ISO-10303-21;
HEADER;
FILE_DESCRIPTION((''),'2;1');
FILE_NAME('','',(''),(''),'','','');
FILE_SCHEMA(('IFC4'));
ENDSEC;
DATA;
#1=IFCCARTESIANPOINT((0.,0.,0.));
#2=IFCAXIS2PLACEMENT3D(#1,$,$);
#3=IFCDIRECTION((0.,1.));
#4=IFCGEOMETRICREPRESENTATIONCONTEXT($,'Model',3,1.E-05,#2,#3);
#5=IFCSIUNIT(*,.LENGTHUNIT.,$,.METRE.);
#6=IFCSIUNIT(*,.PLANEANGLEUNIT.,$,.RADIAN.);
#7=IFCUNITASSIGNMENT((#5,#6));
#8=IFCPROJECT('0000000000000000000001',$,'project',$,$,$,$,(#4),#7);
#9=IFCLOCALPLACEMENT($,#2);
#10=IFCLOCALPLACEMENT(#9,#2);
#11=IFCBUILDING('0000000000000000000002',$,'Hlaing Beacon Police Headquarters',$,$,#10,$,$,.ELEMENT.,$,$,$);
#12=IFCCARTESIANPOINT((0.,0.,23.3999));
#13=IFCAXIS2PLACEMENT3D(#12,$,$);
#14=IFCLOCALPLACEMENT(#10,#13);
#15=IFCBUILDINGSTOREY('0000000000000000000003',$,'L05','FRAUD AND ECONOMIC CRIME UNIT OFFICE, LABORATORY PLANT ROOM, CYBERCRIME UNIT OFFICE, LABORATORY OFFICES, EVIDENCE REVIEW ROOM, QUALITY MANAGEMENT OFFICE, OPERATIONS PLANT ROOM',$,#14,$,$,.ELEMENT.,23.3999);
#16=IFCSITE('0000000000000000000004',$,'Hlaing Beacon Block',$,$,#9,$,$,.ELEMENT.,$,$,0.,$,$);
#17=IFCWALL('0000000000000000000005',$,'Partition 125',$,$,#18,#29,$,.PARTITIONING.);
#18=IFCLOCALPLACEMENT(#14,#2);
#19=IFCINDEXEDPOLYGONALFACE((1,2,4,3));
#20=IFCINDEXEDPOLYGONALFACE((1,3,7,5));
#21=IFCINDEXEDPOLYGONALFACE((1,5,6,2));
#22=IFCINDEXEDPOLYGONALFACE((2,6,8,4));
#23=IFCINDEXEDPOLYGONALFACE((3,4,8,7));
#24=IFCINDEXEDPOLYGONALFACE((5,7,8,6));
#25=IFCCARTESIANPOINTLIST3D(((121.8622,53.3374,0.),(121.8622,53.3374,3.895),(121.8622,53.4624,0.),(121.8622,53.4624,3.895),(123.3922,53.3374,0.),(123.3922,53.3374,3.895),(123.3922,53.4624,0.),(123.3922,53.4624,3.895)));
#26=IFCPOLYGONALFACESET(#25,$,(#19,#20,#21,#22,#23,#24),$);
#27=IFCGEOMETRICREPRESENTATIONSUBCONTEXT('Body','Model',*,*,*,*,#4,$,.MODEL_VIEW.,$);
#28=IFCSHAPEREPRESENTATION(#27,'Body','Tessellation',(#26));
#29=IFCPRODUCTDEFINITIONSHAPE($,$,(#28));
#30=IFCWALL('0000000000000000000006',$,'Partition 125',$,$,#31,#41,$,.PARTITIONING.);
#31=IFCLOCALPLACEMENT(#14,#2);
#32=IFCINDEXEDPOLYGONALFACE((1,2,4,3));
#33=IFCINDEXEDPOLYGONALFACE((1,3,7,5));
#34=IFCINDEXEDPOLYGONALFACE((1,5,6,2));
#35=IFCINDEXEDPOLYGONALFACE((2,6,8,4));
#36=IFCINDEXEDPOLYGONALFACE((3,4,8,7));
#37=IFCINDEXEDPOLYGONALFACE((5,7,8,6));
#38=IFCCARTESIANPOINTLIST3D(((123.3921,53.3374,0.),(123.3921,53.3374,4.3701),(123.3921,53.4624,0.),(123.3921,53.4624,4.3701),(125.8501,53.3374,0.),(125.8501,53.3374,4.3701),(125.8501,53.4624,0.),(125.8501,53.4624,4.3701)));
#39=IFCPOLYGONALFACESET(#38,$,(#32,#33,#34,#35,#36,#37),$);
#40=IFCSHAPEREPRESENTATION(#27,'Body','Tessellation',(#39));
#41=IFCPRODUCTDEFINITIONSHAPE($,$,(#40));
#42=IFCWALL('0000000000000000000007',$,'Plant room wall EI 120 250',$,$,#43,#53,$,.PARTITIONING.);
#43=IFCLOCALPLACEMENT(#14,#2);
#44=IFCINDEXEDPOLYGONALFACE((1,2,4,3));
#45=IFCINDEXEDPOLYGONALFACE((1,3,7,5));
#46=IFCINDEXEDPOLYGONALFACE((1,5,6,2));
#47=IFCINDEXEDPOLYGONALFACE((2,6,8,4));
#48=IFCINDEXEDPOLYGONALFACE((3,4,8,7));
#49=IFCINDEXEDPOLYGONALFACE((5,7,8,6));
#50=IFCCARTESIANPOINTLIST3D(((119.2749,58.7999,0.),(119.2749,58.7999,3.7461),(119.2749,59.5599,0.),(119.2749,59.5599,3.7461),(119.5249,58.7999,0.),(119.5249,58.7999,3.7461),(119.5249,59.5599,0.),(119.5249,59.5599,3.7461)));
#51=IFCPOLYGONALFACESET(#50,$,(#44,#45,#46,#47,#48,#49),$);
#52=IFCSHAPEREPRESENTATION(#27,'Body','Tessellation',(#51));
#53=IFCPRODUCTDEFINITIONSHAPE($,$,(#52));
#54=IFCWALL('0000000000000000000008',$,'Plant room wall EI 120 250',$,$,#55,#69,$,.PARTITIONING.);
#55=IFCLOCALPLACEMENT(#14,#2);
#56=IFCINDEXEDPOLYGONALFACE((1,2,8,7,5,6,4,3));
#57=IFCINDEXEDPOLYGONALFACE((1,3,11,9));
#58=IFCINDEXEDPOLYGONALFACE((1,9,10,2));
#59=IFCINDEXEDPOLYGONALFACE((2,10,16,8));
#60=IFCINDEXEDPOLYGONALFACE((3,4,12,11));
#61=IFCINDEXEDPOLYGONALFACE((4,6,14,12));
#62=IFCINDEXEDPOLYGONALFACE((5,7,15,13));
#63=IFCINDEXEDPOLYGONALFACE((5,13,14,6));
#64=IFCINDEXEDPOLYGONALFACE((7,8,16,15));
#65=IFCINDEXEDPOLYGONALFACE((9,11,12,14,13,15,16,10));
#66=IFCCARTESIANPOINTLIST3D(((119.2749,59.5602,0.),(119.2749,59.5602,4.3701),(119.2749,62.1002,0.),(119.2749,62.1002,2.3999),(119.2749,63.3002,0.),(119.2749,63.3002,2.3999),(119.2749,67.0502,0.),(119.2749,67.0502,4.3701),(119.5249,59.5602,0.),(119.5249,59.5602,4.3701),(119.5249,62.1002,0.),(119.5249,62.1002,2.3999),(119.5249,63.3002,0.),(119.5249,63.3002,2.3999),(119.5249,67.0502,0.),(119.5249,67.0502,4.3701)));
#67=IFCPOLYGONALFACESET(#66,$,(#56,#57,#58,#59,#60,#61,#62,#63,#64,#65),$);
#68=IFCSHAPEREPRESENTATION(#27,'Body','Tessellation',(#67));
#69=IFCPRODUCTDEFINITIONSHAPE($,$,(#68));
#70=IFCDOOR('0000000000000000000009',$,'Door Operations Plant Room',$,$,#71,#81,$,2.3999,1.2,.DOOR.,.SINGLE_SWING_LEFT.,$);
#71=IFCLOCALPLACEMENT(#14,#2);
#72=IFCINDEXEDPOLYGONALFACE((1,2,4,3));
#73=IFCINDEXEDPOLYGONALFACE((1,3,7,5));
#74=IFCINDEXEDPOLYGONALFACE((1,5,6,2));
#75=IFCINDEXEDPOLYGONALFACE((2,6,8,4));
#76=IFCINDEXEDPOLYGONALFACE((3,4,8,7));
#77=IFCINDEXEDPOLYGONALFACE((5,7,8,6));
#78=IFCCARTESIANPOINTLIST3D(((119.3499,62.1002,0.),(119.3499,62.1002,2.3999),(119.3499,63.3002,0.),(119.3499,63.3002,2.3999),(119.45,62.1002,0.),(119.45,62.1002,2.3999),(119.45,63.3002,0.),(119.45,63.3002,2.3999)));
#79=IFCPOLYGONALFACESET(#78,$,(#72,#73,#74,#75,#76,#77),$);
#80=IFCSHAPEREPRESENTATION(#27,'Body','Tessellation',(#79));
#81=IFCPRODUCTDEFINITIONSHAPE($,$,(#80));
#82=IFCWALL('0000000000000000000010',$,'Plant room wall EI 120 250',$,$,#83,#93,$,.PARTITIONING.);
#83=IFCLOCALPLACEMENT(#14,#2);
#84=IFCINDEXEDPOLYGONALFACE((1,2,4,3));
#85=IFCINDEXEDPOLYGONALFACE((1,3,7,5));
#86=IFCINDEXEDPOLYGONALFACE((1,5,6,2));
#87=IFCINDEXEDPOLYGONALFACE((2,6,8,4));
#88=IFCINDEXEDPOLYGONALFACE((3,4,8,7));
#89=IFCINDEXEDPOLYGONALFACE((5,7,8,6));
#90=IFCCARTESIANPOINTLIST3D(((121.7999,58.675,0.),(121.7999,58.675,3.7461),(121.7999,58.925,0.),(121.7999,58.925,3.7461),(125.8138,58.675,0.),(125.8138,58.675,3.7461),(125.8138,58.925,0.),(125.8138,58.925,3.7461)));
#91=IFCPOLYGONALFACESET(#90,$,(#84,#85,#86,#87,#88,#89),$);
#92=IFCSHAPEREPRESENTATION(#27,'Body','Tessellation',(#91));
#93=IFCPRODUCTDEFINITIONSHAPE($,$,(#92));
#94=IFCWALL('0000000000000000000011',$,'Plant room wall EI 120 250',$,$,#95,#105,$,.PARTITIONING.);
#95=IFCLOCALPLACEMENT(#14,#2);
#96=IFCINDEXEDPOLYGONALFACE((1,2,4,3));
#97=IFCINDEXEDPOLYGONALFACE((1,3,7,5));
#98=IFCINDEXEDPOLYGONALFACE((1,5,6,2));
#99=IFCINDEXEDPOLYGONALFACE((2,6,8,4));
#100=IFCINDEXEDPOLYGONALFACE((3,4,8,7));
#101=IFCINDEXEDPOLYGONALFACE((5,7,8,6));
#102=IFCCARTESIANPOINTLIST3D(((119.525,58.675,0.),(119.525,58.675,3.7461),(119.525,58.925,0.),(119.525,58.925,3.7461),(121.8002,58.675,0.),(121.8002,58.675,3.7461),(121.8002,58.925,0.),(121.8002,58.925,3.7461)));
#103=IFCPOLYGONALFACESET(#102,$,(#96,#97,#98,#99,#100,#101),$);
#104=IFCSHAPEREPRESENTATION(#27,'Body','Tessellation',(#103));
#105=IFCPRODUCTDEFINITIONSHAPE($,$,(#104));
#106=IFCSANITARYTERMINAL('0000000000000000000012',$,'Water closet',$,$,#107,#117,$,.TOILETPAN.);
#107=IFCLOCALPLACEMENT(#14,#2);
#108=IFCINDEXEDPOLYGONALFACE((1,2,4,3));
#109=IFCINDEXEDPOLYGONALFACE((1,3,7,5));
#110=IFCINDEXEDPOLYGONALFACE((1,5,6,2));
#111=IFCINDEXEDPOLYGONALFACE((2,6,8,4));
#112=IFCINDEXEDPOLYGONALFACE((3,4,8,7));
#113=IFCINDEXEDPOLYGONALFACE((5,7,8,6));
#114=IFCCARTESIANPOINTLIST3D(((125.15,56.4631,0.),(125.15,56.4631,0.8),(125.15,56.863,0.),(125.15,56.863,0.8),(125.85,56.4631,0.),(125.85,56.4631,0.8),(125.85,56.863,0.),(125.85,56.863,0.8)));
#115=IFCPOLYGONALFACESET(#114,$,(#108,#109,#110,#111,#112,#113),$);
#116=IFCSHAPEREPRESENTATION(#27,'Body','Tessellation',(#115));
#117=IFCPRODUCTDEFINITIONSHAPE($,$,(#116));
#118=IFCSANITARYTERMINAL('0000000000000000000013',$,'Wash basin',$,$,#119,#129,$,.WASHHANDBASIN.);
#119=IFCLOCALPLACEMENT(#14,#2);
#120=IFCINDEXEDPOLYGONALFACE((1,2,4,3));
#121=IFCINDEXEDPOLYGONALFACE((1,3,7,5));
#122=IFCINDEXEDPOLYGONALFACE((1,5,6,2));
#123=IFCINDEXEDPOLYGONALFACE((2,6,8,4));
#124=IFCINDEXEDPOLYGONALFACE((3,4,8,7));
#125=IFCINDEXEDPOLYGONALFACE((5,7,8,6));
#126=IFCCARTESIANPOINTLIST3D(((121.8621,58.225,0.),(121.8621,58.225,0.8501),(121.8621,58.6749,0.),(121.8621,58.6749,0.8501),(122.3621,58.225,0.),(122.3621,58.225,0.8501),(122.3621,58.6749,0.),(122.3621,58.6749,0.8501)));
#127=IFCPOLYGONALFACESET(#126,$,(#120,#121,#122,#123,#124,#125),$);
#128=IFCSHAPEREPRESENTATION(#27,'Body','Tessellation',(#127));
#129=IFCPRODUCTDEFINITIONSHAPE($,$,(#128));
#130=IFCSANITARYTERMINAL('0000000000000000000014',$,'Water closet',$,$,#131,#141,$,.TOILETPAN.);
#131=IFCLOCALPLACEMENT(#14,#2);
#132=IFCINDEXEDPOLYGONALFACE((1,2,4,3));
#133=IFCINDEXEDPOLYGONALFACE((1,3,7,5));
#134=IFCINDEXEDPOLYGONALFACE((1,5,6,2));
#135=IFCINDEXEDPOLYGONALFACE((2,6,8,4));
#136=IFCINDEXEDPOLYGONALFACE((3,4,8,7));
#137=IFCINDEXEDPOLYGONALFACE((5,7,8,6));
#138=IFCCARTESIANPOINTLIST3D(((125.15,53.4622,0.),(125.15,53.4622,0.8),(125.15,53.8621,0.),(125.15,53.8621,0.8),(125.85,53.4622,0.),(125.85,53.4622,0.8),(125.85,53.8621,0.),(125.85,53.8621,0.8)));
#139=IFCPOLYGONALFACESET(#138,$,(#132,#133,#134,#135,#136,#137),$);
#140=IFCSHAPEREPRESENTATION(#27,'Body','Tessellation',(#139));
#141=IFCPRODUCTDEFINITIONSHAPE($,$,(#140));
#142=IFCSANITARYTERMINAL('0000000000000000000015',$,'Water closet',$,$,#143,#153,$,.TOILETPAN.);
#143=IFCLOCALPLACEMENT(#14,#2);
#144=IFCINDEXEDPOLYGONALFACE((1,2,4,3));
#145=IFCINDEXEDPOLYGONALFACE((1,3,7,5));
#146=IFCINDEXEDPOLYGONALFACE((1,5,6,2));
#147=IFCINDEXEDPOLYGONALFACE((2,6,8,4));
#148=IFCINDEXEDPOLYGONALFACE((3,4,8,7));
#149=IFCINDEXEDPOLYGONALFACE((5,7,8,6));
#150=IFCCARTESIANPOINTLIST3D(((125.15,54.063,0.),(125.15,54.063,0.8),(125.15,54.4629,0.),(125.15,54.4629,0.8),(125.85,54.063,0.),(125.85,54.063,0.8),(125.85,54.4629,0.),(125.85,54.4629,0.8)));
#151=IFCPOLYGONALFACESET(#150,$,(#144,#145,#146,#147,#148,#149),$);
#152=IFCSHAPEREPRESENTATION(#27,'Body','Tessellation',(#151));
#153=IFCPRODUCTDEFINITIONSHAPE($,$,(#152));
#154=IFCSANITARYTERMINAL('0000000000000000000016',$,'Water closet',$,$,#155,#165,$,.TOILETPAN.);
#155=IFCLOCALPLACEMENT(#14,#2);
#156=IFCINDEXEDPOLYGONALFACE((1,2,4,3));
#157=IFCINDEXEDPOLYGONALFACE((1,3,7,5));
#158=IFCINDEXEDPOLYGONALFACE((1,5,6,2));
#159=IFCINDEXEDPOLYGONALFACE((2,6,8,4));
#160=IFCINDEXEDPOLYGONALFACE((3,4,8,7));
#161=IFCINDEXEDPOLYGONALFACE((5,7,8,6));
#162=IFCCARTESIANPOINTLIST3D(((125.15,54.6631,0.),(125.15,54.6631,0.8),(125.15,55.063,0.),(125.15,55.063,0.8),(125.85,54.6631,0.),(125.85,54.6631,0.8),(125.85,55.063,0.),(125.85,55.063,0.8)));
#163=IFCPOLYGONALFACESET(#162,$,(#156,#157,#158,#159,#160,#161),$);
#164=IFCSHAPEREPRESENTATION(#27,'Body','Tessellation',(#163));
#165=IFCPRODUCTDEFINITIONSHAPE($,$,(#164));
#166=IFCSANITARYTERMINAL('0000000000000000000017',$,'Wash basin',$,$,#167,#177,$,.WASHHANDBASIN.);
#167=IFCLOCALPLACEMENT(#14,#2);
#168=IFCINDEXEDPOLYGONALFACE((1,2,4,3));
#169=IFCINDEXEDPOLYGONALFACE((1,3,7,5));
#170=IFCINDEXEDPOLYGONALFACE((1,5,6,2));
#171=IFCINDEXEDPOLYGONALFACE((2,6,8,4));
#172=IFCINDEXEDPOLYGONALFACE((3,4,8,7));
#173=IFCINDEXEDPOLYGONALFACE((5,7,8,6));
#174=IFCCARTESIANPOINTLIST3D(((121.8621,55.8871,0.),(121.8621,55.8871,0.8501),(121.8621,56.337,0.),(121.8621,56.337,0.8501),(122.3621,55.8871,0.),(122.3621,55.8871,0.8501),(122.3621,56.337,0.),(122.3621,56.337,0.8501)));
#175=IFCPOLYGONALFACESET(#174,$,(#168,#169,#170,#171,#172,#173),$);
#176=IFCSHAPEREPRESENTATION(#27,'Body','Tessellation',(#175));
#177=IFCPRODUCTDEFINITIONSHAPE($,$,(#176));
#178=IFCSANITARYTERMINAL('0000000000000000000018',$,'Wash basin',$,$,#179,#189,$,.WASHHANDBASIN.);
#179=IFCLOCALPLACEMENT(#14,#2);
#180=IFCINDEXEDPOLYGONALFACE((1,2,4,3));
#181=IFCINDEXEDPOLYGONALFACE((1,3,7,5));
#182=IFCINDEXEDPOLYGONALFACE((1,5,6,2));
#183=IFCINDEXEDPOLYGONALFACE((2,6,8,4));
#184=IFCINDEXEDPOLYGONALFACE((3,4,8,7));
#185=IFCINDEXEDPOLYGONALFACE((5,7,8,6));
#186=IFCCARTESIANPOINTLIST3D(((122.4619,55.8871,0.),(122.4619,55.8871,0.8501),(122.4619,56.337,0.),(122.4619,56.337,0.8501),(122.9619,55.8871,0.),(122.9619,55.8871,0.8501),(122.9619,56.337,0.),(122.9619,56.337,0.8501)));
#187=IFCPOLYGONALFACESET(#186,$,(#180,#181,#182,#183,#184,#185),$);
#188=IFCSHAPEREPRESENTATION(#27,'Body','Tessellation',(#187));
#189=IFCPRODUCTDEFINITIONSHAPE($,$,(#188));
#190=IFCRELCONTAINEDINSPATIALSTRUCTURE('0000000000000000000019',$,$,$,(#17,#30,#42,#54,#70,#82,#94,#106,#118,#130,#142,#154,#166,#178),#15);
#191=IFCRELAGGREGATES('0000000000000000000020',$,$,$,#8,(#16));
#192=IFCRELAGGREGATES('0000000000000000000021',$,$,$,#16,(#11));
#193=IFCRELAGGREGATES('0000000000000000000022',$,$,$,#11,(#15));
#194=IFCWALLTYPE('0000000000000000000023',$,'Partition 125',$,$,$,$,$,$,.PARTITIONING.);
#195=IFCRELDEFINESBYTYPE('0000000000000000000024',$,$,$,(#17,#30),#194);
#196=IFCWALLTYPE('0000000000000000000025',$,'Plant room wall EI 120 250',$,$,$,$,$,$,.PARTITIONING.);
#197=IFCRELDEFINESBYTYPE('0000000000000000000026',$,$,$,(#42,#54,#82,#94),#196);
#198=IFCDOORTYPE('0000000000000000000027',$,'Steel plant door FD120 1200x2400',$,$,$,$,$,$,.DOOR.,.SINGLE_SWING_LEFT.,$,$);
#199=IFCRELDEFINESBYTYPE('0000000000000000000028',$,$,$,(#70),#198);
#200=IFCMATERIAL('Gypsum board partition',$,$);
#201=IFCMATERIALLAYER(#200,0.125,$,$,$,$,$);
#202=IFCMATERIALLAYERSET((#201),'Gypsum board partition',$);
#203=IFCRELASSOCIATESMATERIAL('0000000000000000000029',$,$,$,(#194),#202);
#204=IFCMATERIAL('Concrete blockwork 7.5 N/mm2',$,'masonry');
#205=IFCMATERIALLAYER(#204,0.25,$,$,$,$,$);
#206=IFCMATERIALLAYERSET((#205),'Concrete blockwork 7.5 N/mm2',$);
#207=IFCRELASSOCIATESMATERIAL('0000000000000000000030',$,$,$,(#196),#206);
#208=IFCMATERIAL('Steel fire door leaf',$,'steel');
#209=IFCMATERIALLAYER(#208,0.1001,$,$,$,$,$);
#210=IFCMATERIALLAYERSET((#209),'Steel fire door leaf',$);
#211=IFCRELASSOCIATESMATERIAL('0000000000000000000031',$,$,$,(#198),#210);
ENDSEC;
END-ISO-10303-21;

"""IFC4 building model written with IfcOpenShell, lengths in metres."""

from ifc_helpers import new_model, si_unit, direction, frame, frame_2d, origin, origin_2d, place, context, subcontext, project, spatial, rectangle, extrude, material, layer, layer_set, type_object, element, fill, save


model = new_model("IFC4")

# Units and contexts
model_context = context("Model", 3, precision=1e-05, world=origin(), true_north=direction((0.0, 1.0)))
body_context = subcontext(model_context, "Body", "Model", "MODEL_VIEW")
ifc_project = project(units=[si_unit("LENGTHUNIT", "METRE"), si_unit("PLANEANGLEUNIT", "RADIAN")], contexts=[model_context])

# Site, building, storey
site_placement = place(None, origin())
site = spatial("IfcSite", under=ifc_project, at=site_placement, Name="Hlaing Beacon Block", CompositionType="ELEMENT", RefElevation=0.0)
building_placement = place(site_placement, origin())
building = spatial("IfcBuilding", under=site, at=building_placement, Name="Hlaing Beacon Police Headquarters", CompositionType="ELEMENT")
storey_placement = place(building_placement, frame((0.0, 0.0, 23.3999)))
storey = spatial("IfcBuildingStorey", under=building, at=storey_placement, Name="L05", Description="FRAUD AND ECONOMIC CRIME UNIT OFFICE, LABORATORY PLANT ROOM, CYBERCRIME UNIT OFFICE, LABORATORY OFFICES, EVIDENCE REVIEW ROOM, QUALITY MANAGEMENT OFFICE, OPERATIONS PLANT ROOM", CompositionType="ELEMENT", Elevation=23.3999)

# Shared definitions
ifc_material_1 = material(Name="Gypsum board partition")
ifc_layer_1 = layer(ifc_material_1, 0.125)
ifc_layer_set_1 = layer_set([ifc_layer_1], Name="Gypsum board partition")
wall_type_1 = type_object("IfcWallType", Name="Partition 125", PredefinedType="PARTITIONING", material=ifc_layer_set_1)

# Walls
wall_1_placement = place(storey_placement, frame((121.8621, 53.3999, 0.0), z_axis=(0.0, 0.0, 1.0), x_axis=(1.0, 0.0, 0.0)))
element("IfcWall", 1, at=wall_1_placement, inside=storey, type_object=wall_type_1, Name="Partition 125", PredefinedType="PARTITIONING", context=body_context, shape_type="SweptSolid", body=[
    extrude(rectangle(XDim=1.53, YDim=0.125, at=frame_2d((0.7651, 0.0))), origin(), (0.0, 0.0, 1.0), 3.895),
])
wall_2_placement = place(storey_placement, frame((123.3921, 53.3999, 0.0), z_axis=(0.0, 0.0, 1.0), x_axis=(1.0, 0.0, 0.0)))
element("IfcWall", 2, at=wall_2_placement, inside=storey, type_object=wall_type_1, Name="Partition 125", PredefinedType="PARTITIONING", context=body_context, shape_type="SweptSolid", body=[
    extrude(rectangle(XDim=2.458, YDim=0.125, at=frame_2d((1.229, 0.0))), origin(), (0.0, 0.0, 1.0), 4.3701),
])
ifc_material_2 = material(Name="Concrete blockwork 7.5 N/mm2", Category="masonry")
ifc_layer_2 = layer(ifc_material_2, 0.25)
ifc_layer_set_2 = layer_set([ifc_layer_2], Name="Concrete blockwork 7.5 N/mm2")
wall_type_2 = type_object("IfcWallType", Name="Plant room wall EI 120 250", PredefinedType="PARTITIONING", material=ifc_layer_set_2)
wall_3_placement = place(storey_placement, frame((119.3999, 58.8, 0.0), z_axis=(0.0, 0.0, 1.0), x_axis=(0.0, 1.0, 0.0)))
element("IfcWall", 3, at=wall_3_placement, inside=storey, type_object=wall_type_2, Name="Plant room wall EI 120 250", PredefinedType="PARTITIONING", context=body_context, shape_type="SweptSolid", body=[
    extrude(rectangle(XDim=0.76, YDim=0.25, at=frame_2d((0.3799, 0.0))), origin(), (0.0, 0.0, 1.0), 3.7461),
])

# Wall, opening, door
wall_4_placement = place(storey_placement, frame((119.3999, 59.5601, 0.0), z_axis=(0.0, 0.0, 1.0), x_axis=(0.0, 1.0, 0.0)))
wall_4 = element("IfcWall", 4, at=wall_4_placement, inside=storey, type_object=wall_type_2, Name="Plant room wall EI 120 250", PredefinedType="PARTITIONING", context=body_context, shape_type="SweptSolid", body=[
    extrude(rectangle(XDim=7.49, YDim=0.25, at=frame_2d((3.7451, 0.0))), origin(), (0.0, 0.0, 1.0), 4.3701),
])
opening_1_placement = place(wall_4_placement, frame((2.54, 0.0, 0.0)))
opening_1 = element("IfcOpeningElement", 5, at=opening_1_placement, cuts=wall_4, PredefinedType="OPENING", context=body_context, shape_type="SweptSolid", body=[
    extrude(rectangle(XDim=1.2, YDim=2.3999, at=frame_2d((0.6001, 1.2))), frame((0.0, 0.135, 0.0), z_axis=(0.0, -1.0, 0.0), x_axis=(1.0, 0.0, 0.0)), (0.0, 0.0, 1.0), 0.27),
])
ifc_material_3 = material(Name="Steel fire door leaf", Category="steel")
ifc_layer_3 = layer(ifc_material_3, 0.1001)
ifc_layer_set_3 = layer_set([ifc_layer_3], Name="Steel fire door leaf")
door_type_1 = type_object("IfcDoorType", Name="Steel plant door FD120 1200x2400", OperationType="SINGLE_SWING_LEFT", PredefinedType="DOOR", material=ifc_layer_set_3)
door_1_placement = place(opening_1_placement, frame((1.2, 0.0, 0.0), z_axis=(0.0, 0.0, 1.0), x_axis=(-1.0, 0.0, 0.0)))
door_1 = element("IfcDoor", 6, at=door_1_placement, inside=storey, type_object=door_type_1, Name="Door Operations Plant Room", OperationType="SINGLE_SWING_LEFT", OverallHeight=2.3999, OverallWidth=1.2, PredefinedType="DOOR", context=body_context, shape_type="SweptSolid", body=[
    extrude(rectangle(XDim=1.2, YDim=2.3999, at=frame_2d((0.5999, 1.2))), frame((0.0, 0.05, 0.0), z_axis=(0.0, -1.0, 0.0), x_axis=(1.0, 0.0, 0.0)), (0.0, 0.0, 1.0), 0.1001),
])
fill(opening_1, door_1)

# Walls
wall_5_placement = place(storey_placement, frame((121.8, 58.8, 0.0), z_axis=(0.0, 0.0, 1.0), x_axis=(1.0, 0.0, 0.0)))
element("IfcWall", 7, at=wall_5_placement, inside=storey, type_object=wall_type_2, Name="Plant room wall EI 120 250", PredefinedType="PARTITIONING", context=body_context, shape_type="SweptSolid", body=[
    extrude(rectangle(XDim=4.0139, YDim=0.25, at=frame_2d((2.0068, 0.0))), origin(), (0.0, 0.0, 1.0), 3.7461),
])
wall_6_placement = place(storey_placement, frame((119.5249, 58.8, 0.0), z_axis=(0.0, 0.0, 1.0), x_axis=(1.0, 0.0, 0.0)))
element("IfcWall", 8, at=wall_6_placement, inside=storey, type_object=wall_type_2, Name="Plant room wall EI 120 250", PredefinedType="PARTITIONING", context=body_context, shape_type="SweptSolid", body=[
    extrude(rectangle(XDim=2.2751, YDim=0.25, at=frame_2d((1.1377, 0.0))), origin(), (0.0, 0.0, 1.0), 3.7461),
])

# Sanitary terminals
sanitary_terminal_1_placement = place(storey_placement, frame((125.5, 56.6631, 0.0), z_axis=(0.0, 0.0, 1.0), x_axis=(1.0, 0.0, 0.0)))
element("IfcSanitaryTerminal", 9, at=sanitary_terminal_1_placement, inside=storey, Name="Water closet", PredefinedType="TOILETPAN", context=body_context, shape_type="SweptSolid", body=[
    extrude(rectangle(XDim=0.7, YDim=0.3999, at=origin_2d()), origin(), (0.0, 0.0, 1.0), 0.8),
])
sanitary_terminal_2_placement = place(storey_placement, frame((122.1121, 58.45, 0.0), z_axis=(0.0, 0.0, 1.0), x_axis=(1.0, 0.0, 0.0)))
element("IfcSanitaryTerminal", 10, at=sanitary_terminal_2_placement, inside=storey, Name="Wash basin", PredefinedType="WASHHANDBASIN", context=body_context, shape_type="SweptSolid", body=[
    extrude(rectangle(XDim=0.5, YDim=0.45, at=origin_2d()), origin(), (0.0, 0.0, 1.0), 0.8501),
])
for number, where, z_axis, x_axis, name in (
    (11, (125.5, 53.6621, 0.0), (0.0, 0.0, 1.0), (1.0, 0.0, 0.0), "Water closet"),
    (12, (125.5, 54.2629, 0.0), (0.0, 0.0, 1.0), (1.0, 0.0, 0.0), "Water closet"),
    (13, (125.5, 54.863, 0.0), (0.0, 0.0, 1.0), (1.0, 0.0, 0.0), "Water closet"),
):
    element("IfcSanitaryTerminal", number, at=place(storey_placement, frame(where, z_axis=z_axis, x_axis=x_axis)), inside=storey, Name=name, PredefinedType="TOILETPAN", context=body_context, shape_type="SweptSolid", body=[
        extrude(rectangle(XDim=0.7, YDim=0.3999, at=origin_2d()), origin(), (0.0, 0.0, 1.0), 0.8),
    ])
for number, where, z_axis, x_axis, name in (
    (14, (122.1121, 56.1121, 0.0), (0.0, 0.0, 1.0), (1.0, 0.0, 0.0), "Wash basin"),
    (15, (122.7119, 56.1121, 0.0), (0.0, 0.0, 1.0), (1.0, 0.0, 0.0), "Wash basin"),
):
    element("IfcSanitaryTerminal", number, at=place(storey_placement, frame(where, z_axis=z_axis, x_axis=x_axis)), inside=storey, Name=name, PredefinedType="WASHHANDBASIN", context=body_context, shape_type="SweptSolid", body=[
        extrude(rectangle(XDim=0.5, YDim=0.45, at=origin_2d()), origin(), (0.0, 0.0, 1.0), 0.8501),
    ])

save(model, "model.ifc")
